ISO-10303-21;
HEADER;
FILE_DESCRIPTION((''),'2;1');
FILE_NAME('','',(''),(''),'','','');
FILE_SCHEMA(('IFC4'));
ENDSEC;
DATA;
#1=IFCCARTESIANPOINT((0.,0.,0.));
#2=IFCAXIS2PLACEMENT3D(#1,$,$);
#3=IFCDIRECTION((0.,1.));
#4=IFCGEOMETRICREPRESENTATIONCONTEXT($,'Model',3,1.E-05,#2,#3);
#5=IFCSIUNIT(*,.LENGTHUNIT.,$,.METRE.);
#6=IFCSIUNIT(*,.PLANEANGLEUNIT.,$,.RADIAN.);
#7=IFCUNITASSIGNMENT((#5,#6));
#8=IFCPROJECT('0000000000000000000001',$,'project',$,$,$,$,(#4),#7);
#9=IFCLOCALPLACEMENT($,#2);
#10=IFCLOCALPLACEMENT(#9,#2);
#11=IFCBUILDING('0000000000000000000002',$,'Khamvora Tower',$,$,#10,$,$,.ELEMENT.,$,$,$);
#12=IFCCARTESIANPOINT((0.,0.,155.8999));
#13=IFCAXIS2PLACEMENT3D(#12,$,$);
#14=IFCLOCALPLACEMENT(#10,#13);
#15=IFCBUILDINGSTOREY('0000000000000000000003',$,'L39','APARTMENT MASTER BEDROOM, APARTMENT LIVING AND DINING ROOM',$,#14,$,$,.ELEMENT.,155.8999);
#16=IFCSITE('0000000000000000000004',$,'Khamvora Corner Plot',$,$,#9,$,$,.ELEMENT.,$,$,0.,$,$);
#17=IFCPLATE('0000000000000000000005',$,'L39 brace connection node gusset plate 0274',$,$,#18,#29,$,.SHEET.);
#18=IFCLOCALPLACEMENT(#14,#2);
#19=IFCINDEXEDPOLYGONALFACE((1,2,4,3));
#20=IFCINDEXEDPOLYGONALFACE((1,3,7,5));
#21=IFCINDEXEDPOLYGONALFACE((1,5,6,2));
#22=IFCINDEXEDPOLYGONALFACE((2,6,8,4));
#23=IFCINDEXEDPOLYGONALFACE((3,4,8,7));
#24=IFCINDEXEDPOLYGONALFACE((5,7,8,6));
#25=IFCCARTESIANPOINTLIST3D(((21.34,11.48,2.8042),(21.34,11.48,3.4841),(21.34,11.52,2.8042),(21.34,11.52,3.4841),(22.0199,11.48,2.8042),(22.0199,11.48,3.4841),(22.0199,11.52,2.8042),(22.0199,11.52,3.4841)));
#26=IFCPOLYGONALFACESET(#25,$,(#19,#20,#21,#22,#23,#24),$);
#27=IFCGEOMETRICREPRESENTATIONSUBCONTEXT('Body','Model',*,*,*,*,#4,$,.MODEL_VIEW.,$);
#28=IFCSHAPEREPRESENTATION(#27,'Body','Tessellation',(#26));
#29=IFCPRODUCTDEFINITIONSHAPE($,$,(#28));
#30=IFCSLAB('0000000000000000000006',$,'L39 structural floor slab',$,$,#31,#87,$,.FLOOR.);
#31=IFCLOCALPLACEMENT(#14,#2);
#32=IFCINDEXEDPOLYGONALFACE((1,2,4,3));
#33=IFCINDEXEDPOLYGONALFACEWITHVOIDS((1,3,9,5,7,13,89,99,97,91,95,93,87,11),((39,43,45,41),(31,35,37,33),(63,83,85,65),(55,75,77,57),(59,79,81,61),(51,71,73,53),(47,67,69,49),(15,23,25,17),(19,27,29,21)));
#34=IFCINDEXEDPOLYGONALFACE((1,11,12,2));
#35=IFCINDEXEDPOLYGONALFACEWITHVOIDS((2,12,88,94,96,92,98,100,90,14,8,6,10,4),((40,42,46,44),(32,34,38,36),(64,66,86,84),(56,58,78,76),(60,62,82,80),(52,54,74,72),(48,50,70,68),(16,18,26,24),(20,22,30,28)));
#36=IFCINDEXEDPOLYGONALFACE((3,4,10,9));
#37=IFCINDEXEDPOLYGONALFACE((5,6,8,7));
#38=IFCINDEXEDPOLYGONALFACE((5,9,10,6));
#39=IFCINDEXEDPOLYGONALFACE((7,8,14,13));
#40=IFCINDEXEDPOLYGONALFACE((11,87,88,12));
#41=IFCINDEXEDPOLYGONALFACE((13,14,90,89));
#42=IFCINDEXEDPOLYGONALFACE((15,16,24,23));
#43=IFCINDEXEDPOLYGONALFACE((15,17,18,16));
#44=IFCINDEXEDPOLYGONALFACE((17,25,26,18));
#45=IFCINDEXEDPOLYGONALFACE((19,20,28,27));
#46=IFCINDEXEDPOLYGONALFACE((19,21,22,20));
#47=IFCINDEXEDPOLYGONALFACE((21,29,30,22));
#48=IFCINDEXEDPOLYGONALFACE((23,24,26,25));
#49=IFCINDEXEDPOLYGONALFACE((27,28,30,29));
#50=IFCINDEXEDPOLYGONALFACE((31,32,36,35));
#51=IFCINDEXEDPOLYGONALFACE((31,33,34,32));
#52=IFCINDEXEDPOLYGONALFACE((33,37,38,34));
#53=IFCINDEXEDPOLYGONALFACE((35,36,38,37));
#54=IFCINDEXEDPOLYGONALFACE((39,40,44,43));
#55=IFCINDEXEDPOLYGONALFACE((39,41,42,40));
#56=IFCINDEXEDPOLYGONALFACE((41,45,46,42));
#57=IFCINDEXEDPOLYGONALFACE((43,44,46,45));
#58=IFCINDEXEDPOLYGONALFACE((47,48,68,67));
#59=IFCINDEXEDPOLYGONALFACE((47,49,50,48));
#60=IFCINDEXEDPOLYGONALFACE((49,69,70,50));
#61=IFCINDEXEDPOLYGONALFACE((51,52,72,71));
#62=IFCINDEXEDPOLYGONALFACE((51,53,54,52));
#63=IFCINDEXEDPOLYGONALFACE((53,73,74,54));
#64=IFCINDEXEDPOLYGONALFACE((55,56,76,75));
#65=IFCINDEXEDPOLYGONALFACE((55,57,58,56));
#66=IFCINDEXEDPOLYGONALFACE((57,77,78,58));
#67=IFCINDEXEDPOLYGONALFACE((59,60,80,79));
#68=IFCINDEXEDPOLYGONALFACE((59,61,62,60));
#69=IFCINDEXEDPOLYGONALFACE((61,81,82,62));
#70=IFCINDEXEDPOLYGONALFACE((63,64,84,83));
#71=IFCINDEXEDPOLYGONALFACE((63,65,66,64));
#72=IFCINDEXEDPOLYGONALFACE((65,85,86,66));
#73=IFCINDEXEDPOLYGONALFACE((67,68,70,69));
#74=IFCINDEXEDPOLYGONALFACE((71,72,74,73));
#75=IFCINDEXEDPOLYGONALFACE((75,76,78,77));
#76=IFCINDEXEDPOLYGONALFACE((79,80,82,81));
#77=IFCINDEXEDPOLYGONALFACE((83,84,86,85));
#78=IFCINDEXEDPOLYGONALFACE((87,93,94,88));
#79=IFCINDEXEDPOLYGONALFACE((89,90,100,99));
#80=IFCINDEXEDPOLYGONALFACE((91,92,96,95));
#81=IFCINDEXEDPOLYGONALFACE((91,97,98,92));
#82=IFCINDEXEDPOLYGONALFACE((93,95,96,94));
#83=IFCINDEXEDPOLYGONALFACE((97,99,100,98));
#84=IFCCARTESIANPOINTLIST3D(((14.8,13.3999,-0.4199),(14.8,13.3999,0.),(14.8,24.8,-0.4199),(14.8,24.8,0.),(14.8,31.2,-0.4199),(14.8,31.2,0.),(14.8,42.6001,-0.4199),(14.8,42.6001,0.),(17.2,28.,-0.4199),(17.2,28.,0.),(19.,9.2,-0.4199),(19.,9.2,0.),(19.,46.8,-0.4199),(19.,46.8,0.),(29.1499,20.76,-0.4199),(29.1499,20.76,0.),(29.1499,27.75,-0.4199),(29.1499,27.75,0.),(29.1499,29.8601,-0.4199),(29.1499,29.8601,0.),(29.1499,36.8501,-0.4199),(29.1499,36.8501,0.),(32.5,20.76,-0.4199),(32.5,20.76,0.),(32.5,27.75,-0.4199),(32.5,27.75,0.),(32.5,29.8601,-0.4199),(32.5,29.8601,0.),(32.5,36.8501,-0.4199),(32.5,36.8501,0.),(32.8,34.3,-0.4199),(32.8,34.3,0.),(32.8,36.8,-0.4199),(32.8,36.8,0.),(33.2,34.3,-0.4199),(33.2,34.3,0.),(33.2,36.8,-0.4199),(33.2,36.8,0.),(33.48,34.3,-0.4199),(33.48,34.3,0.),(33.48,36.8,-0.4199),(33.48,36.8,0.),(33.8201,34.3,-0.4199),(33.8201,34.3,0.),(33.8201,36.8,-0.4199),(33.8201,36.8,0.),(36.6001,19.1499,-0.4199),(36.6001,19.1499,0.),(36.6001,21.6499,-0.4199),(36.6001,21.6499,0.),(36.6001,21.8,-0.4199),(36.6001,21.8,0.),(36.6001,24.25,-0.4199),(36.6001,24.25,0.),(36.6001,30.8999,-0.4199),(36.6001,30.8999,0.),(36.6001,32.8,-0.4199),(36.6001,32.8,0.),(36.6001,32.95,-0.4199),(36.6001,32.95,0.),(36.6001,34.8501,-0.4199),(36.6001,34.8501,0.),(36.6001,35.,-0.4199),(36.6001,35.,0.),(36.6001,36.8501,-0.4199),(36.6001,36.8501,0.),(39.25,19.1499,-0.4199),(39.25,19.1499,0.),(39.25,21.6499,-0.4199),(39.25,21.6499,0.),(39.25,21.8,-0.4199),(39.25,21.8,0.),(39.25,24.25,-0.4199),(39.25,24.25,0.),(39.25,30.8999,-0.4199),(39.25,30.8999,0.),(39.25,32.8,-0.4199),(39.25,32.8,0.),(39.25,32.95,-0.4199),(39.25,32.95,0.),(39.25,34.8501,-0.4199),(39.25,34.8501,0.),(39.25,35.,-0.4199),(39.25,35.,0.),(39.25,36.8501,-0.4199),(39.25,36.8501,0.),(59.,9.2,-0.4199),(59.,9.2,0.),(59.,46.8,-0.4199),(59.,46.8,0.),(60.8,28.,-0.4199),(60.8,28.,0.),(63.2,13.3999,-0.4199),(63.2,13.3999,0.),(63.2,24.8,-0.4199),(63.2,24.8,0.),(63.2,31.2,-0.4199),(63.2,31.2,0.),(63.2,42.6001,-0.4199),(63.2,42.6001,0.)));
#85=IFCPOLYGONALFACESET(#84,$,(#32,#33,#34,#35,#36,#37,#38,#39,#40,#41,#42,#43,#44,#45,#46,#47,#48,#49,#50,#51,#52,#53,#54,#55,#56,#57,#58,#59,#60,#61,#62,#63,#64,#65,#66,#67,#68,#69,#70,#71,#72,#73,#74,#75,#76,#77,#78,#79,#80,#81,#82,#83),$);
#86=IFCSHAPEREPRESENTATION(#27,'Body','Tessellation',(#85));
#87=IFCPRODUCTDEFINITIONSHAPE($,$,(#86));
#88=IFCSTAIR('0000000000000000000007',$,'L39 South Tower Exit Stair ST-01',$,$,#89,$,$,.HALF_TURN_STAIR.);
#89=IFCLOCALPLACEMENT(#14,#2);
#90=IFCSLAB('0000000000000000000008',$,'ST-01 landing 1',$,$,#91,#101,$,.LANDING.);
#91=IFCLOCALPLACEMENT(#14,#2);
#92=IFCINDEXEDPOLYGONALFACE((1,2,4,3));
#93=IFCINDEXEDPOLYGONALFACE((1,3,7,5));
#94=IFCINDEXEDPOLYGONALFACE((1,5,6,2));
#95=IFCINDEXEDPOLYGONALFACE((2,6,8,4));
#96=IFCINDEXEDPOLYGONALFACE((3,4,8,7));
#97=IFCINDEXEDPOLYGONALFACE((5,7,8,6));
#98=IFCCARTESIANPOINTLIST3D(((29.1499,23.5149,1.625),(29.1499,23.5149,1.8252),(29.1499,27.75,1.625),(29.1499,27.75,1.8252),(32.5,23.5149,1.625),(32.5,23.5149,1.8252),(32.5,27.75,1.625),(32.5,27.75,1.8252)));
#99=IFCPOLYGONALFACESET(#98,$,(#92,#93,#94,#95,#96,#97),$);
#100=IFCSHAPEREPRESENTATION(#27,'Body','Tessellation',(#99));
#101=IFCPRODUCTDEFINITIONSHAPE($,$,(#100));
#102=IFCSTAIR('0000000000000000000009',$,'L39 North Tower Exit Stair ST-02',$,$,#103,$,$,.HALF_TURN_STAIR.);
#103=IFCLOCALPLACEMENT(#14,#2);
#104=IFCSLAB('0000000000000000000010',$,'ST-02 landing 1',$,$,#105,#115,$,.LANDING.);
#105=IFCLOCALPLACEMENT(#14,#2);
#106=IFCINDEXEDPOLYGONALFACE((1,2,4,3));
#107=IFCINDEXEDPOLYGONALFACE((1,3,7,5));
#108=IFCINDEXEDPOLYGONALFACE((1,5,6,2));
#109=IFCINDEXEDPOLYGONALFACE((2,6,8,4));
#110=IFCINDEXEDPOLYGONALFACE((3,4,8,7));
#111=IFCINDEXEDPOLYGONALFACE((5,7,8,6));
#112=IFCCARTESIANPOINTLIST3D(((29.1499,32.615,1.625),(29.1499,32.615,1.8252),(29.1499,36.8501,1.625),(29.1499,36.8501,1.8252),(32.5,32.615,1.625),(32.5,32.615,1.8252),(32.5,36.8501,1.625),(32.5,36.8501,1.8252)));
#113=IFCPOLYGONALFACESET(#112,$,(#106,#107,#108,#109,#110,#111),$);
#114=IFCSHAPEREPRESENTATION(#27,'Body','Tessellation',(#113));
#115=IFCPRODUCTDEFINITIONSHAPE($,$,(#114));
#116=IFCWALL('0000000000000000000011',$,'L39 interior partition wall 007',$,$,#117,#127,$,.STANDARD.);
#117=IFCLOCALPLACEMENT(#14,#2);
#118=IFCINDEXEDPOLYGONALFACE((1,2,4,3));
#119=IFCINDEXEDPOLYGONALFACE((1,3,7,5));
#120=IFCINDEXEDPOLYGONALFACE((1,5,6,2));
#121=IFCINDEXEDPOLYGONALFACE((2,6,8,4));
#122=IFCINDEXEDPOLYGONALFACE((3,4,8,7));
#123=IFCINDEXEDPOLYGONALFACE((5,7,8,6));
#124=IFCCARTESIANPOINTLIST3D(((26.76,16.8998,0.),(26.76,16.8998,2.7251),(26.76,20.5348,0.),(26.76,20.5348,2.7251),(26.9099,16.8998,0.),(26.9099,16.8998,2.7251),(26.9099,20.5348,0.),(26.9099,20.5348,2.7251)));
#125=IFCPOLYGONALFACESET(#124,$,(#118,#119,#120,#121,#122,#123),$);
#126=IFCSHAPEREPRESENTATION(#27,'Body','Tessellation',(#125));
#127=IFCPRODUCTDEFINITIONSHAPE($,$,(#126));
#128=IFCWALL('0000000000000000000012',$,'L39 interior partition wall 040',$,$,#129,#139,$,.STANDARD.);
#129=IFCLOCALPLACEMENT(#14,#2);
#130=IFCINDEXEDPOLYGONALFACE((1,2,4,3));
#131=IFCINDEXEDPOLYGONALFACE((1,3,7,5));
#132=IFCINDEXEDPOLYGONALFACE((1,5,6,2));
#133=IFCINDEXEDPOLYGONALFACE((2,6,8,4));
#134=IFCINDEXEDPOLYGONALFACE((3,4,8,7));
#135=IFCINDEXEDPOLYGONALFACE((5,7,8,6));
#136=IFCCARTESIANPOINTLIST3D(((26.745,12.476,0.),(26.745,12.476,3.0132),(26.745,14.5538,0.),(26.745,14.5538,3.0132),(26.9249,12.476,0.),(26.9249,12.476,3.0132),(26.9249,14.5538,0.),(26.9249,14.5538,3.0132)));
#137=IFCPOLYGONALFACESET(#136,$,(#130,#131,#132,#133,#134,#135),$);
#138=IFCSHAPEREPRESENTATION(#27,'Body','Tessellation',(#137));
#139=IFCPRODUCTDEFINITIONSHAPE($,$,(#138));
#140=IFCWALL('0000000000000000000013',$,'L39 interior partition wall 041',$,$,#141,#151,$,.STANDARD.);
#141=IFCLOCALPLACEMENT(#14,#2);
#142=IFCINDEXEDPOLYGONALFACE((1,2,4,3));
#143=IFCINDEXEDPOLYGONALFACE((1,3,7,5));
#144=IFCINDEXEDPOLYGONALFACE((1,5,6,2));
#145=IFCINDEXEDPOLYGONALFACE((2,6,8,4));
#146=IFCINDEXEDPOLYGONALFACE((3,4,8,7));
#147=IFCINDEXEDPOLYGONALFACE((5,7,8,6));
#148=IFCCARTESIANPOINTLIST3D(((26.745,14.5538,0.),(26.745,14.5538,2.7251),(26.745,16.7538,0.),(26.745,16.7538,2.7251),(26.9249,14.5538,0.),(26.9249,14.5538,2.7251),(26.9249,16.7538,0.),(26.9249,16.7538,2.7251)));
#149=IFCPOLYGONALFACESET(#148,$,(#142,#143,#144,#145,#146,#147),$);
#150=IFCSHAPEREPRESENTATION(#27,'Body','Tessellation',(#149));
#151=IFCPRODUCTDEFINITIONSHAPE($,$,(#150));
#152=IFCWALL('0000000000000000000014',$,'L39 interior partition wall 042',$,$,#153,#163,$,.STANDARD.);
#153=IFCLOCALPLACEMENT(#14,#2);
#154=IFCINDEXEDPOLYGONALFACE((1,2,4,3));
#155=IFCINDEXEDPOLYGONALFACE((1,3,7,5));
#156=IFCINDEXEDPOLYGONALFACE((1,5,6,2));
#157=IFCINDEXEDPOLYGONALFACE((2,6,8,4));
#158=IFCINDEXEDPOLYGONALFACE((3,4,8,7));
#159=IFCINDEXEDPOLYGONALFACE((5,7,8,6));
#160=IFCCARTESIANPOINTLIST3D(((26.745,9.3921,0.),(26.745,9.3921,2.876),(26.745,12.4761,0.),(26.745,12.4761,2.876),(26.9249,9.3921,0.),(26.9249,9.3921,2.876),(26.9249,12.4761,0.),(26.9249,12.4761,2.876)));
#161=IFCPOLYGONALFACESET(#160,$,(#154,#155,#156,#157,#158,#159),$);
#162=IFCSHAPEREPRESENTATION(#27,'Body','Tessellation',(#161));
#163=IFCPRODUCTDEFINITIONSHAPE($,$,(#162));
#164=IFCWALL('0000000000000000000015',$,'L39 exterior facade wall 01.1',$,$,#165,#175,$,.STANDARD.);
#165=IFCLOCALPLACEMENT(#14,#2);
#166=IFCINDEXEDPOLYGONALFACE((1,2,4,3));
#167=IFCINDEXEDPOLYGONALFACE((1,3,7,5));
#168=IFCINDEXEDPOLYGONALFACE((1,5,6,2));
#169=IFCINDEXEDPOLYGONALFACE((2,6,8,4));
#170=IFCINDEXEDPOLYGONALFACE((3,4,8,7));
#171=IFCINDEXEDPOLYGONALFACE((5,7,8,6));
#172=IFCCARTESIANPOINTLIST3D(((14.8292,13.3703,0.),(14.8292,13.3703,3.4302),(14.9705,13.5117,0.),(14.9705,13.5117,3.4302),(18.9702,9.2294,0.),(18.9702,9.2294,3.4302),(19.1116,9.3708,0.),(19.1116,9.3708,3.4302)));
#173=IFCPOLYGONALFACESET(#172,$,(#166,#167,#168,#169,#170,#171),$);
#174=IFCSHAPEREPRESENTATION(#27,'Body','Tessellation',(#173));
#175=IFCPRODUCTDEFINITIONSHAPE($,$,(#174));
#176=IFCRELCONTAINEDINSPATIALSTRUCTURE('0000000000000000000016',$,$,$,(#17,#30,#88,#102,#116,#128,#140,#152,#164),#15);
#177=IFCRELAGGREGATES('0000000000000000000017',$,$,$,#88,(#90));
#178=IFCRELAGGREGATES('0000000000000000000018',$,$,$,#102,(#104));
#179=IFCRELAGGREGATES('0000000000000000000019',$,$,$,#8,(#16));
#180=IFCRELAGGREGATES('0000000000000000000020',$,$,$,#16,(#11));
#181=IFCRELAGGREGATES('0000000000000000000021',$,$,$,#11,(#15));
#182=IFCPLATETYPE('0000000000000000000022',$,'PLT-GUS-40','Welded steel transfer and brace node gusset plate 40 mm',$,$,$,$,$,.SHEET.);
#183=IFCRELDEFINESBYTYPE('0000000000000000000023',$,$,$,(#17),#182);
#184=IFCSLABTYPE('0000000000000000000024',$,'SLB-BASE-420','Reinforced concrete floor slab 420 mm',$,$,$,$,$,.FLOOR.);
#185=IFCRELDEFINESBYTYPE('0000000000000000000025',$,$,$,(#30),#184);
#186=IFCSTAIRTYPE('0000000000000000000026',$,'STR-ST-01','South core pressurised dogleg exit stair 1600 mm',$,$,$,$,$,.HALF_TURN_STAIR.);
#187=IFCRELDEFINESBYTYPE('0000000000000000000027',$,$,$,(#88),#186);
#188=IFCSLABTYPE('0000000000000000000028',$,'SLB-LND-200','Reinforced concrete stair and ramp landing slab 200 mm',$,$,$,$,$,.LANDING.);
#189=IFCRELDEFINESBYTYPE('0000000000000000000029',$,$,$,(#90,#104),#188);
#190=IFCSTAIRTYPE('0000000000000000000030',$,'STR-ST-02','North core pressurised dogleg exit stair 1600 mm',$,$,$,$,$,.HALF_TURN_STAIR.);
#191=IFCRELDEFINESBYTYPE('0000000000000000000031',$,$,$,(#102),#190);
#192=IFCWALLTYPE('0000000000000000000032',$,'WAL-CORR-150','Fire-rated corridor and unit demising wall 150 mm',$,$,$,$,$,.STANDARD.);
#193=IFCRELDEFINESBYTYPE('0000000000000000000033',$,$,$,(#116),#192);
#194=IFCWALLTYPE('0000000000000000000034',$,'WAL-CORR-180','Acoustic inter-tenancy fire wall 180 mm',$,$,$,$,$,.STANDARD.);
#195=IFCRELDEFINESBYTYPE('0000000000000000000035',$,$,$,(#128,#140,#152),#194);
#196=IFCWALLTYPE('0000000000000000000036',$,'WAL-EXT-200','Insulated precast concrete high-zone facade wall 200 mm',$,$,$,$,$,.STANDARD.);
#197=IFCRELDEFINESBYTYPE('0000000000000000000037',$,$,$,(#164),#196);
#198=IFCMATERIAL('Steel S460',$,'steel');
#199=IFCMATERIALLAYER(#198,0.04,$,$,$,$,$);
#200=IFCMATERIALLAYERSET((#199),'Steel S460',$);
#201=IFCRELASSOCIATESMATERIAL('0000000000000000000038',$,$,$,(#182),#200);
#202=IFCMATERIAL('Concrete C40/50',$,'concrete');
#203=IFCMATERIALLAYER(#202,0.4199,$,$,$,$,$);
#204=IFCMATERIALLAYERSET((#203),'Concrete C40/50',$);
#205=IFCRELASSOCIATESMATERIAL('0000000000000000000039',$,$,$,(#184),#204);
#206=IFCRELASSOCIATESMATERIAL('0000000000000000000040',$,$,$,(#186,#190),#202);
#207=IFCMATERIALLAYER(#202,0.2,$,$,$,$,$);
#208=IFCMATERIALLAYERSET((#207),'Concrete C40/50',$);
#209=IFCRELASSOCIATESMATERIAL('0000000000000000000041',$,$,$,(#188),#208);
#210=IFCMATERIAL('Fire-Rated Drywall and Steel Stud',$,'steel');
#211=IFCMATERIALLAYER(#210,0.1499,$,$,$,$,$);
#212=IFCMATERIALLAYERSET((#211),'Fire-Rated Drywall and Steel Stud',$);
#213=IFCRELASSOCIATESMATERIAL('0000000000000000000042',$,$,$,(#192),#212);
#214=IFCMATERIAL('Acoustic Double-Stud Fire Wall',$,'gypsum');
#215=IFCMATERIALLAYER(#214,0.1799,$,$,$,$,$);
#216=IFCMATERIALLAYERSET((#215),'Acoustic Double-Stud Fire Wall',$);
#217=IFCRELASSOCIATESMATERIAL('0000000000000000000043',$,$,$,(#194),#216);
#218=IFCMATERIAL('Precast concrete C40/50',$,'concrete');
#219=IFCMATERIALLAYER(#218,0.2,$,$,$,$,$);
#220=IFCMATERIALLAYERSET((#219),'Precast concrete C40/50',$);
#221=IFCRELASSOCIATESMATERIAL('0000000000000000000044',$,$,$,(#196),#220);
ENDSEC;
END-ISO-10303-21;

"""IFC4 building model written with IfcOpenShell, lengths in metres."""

from ifc_helpers import new_model, si_unit, direction, frame, frame_2d, origin, origin_2d, place, context, subcontext, project, spatial, polyline, rectangle, outline, extrude, material, layer, layer_set, type_object, element, aggregate, save


model = new_model("IFC4")

# Units and contexts
model_context = context("Model", 3, precision=1e-05, world=origin(), true_north=direction((0.0, 1.0)))
body_context = subcontext(model_context, "Body", "Model", "MODEL_VIEW")
ifc_project = project(units=[si_unit("LENGTHUNIT", "METRE"), si_unit("PLANEANGLEUNIT", "RADIAN")], contexts=[model_context])

# Site, building, storey
site_placement = place(None, origin())
site = spatial("IfcSite", under=ifc_project, at=site_placement, Name="Khamvora Corner Plot", CompositionType="ELEMENT", RefElevation=0.0)
building_placement = place(site_placement, origin())
building = spatial("IfcBuilding", under=site, at=building_placement, Name="Khamvora Tower", CompositionType="ELEMENT")
storey_placement = place(building_placement, frame((0.0, 0.0, 155.8999)))
storey = spatial("IfcBuildingStorey", under=building, at=storey_placement, Name="L39", Description="APARTMENT MASTER BEDROOM, APARTMENT LIVING AND DINING ROOM", CompositionType="ELEMENT", Elevation=155.8999)

# Plate
ifc_material_1 = material(Name="Steel S460", Category="steel")
ifc_layer_1 = layer(ifc_material_1, 0.04)
ifc_layer_set_1 = layer_set([ifc_layer_1], Name="Steel S460")
plate_type_1 = type_object("IfcPlateType", Name="PLT-GUS-40", Description="Welded steel transfer and brace node gusset plate 40 mm", PredefinedType="SHEET", material=ifc_layer_set_1)
plate_1_placement = place(storey_placement, frame((21.6799, 11.5, 2.8042), z_axis=(0.0, 0.0, 1.0), x_axis=(1.0, 0.0, 0.0)))
element("IfcPlate", 1, at=plate_1_placement, inside=storey, type_object=plate_type_1, Name="L39 brace connection node gusset plate 0274", PredefinedType="SHEET", context=body_context, shape_type="SweptSolid", body=[
    extrude(rectangle(XDim=0.6799, YDim=0.04, at=origin_2d()), origin(), (0.0, 0.0, 1.0), 0.6799),
])

# Slab
ifc_material_2 = material(Name="Concrete C40/50", Category="concrete")
ifc_layer_2 = layer(ifc_material_2, 0.4199)
ifc_layer_set_2 = layer_set([ifc_layer_2], Name="Concrete C40/50")
slab_type_1 = type_object("IfcSlabType", Name="SLB-BASE-420", Description="Reinforced concrete floor slab 420 mm", PredefinedType="FLOOR", material=ifc_layer_set_2)
slab_1_placement = place(storey_placement, frame((0.0, 0.0, -0.4199)))
element("IfcSlab", 2, at=slab_1_placement, inside=storey, type_object=slab_type_1, Name="L39 structural floor slab", PredefinedType="FLOOR", context=body_context, shape_type="SweptSolid", body=[
    extrude(outline(polyline([(19.0, 9.2), (59.0, 9.2), (63.2, 13.3999), (63.2, 24.8), (60.8, 28.0), (63.2, 31.2), (63.2, 42.6001), (59.0, 46.8), (19.0, 46.8), (14.8, 42.6001), (14.8, 31.2), (17.2, 28.0), (14.8, 24.8), (14.8, 13.3999), (19.0, 9.2)]), holes=[polyline([(32.5, 20.76), (32.5, 27.75), (29.1499, 27.75), (29.1499, 20.76), (32.5, 20.76)]), polyline([(32.5, 29.8601), (32.5, 36.8501), (29.1499, 36.8501), (29.1499, 29.8601), (32.5, 29.8601)]), polyline([(36.6001, 19.1499), (39.25, 19.1499), (39.25, 21.6499), (36.6001, 21.6499), (36.6001, 19.1499)]), polyline([(36.6001, 21.8), (39.25, 21.8), (39.25, 24.25), (36.6001, 24.25), (36.6001, 21.8)]), polyline([(36.6001, 30.8999), (39.25, 30.8999), (39.25, 32.8), (36.6001, 32.8), (36.6001, 30.8999)]), polyline([(36.6001, 32.95), (39.25, 32.95), (39.25, 34.8501), (36.6001, 34.8501), (36.6001, 32.95)]), polyline([(36.6001, 35.0), (39.25, 35.0), (39.25, 36.8501), (36.6001, 36.8501), (36.6001, 35.0)]), polyline([(32.8, 34.3), (33.2, 34.3), (33.2, 36.8), (32.8, 36.8), (32.8, 34.3)]), polyline([(33.48, 34.3), (33.8201, 34.3), (33.8201, 36.8), (33.48, 36.8), (33.48, 34.3)])]), origin(), (0.0, 0.0, 1.0), 0.4199),
])

# Stairs, slabs
stair_type_1 = type_object("IfcStairType", Name="STR-ST-01", Description="South core pressurised dogleg exit stair 1600 mm", PredefinedType="HALF_TURN_STAIR", material=ifc_material_2)
stair_1_placement = place(storey_placement, origin())
stair_1 = element("IfcStair", 3, at=stair_1_placement, inside=storey, type_object=stair_type_1, Name="L39 South Tower Exit Stair ST-01", PredefinedType="HALF_TURN_STAIR")
ifc_layer_3 = layer(ifc_material_2, 0.2)
ifc_layer_set_3 = layer_set([ifc_layer_3], Name="Concrete C40/50")
slab_type_2 = type_object("IfcSlabType", Name="SLB-LND-200", Description="Reinforced concrete stair and ramp landing slab 200 mm", PredefinedType="LANDING", material=ifc_layer_set_3)
slab_2_placement = place(storey_placement, frame((0.0, 0.0, 1.625)))
slab_2 = element("IfcSlab", 4, at=slab_2_placement, type_object=slab_type_2, Name="ST-01 landing 1", PredefinedType="LANDING", context=body_context, shape_type="SweptSolid", body=[
    extrude(outline(polyline([(32.5, 23.5149), (32.5, 27.75), (29.1499, 27.75), (29.1499, 23.5149), (32.5, 23.5149)])), origin(), (0.0, 0.0, 1.0), 0.2002),
])
aggregate(stair_1, [slab_2])
stair_type_2 = type_object("IfcStairType", Name="STR-ST-02", Description="North core pressurised dogleg exit stair 1600 mm", PredefinedType="HALF_TURN_STAIR", material=ifc_material_2)
stair_2_placement = place(storey_placement, origin())
stair_2 = element("IfcStair", 5, at=stair_2_placement, inside=storey, type_object=stair_type_2, Name="L39 North Tower Exit Stair ST-02", PredefinedType="HALF_TURN_STAIR")
slab_3_placement = place(storey_placement, frame((0.0, 0.0, 1.625)))
slab_3 = element("IfcSlab", 6, at=slab_3_placement, type_object=slab_type_2, Name="ST-02 landing 1", PredefinedType="LANDING", context=body_context, shape_type="SweptSolid", body=[
    extrude(outline(polyline([(32.5, 32.615), (32.5, 36.8501), (29.1499, 36.8501), (29.1499, 32.615), (32.5, 32.615)])), origin(), (0.0, 0.0, 1.0), 0.2002),
])
aggregate(stair_2, [slab_3])

# Walls
ifc_material_3 = material(Name="Fire-Rated Drywall and Steel Stud", Category="steel")
ifc_layer_4 = layer(ifc_material_3, 0.1499)
ifc_layer_set_4 = layer_set([ifc_layer_4], Name="Fire-Rated Drywall and Steel Stud")
wall_type_1 = type_object("IfcWallType", Name="WAL-CORR-150", Description="Fire-rated corridor and unit demising wall 150 mm", PredefinedType="STANDARD", material=ifc_layer_set_4)
wall_1_placement = place(storey_placement, frame((26.835, 16.8999, 0.0), z_axis=(0.0, 0.0, 1.0), x_axis=(0.0, 1.0, 0.0)))
element("IfcWall", 7, at=wall_1_placement, inside=storey, type_object=wall_type_1, Name="L39 interior partition wall 007", PredefinedType="STANDARD", context=body_context, shape_type="SweptSolid", body=[
    extrude(rectangle(XDim=3.635, YDim=0.1499, at=frame_2d((1.8174, 0.0))), origin(), (0.0, 0.0, 1.0), 2.7251),
])
ifc_material_4 = material(Name="Acoustic Double-Stud Fire Wall", Category="gypsum")
ifc_layer_5 = layer(ifc_material_4, 0.1799)
ifc_layer_set_5 = layer_set([ifc_layer_5], Name="Acoustic Double-Stud Fire Wall")
wall_type_2 = type_object("IfcWallType", Name="WAL-CORR-180", Description="Acoustic inter-tenancy fire wall 180 mm", PredefinedType="STANDARD", material=ifc_layer_set_5)
wall_2_placement = place(storey_placement, frame((26.835, 14.554, 0.0), z_axis=(0.0, 0.0, 1.0), x_axis=(0.0, -1.0, 0.0)))
element("IfcWall", 8, at=wall_2_placement, inside=storey, type_object=wall_type_2, Name="L39 interior partition wall 040", PredefinedType="STANDARD", context=body_context, shape_type="SweptSolid", body=[
    extrude(rectangle(XDim=2.0779, YDim=0.1799, at=frame_2d((1.0391, 0.0))), origin(), (0.0, 0.0, 1.0), 3.0132),
])
wall_3_placement = place(storey_placement, frame((26.835, 16.7539, 0.0), z_axis=(0.0, 0.0, 1.0), x_axis=(0.0, -1.0, 0.0)))
element("IfcWall", 9, at=wall_3_placement, inside=storey, type_object=wall_type_2, Name="L39 interior partition wall 041", PredefinedType="STANDARD", context=body_context, shape_type="SweptSolid", body=[
    extrude(rectangle(XDim=2.2, YDim=0.1799, at=frame_2d((1.1001, 0.0))), origin(), (0.0, 0.0, 1.0), 2.7251),
])
wall_4_placement = place(storey_placement, frame((26.835, 12.4761, 0.0), z_axis=(0.0, 0.0, 1.0), x_axis=(0.0, -1.0, 0.0)))
element("IfcWall", 10, at=wall_4_placement, inside=storey, type_object=wall_type_2, Name="L39 interior partition wall 042", PredefinedType="STANDARD", context=body_context, shape_type="SweptSolid", body=[
    extrude(rectangle(XDim=3.084, YDim=0.1799, at=frame_2d((1.542, 0.0))), origin(), (0.0, 0.0, 1.0), 2.876),
])
ifc_material_5 = material(Name="Precast concrete C40/50", Category="concrete")
ifc_layer_6 = layer(ifc_material_5, 0.2)
ifc_layer_set_6 = layer_set([ifc_layer_6], Name="Precast concrete C40/50")
wall_type_3 = type_object("IfcWallType", Name="WAL-EXT-200", Description="Insulated precast concrete high-zone facade wall 200 mm", PredefinedType="STANDARD", material=ifc_layer_set_6)
wall_5_placement = place(storey_placement, frame((19.041, 9.3, 0.0), z_axis=(0.0, 0.0, 1.0), x_axis=(-0.707128, 0.707086, 0.0)))
element("IfcWall", 11, at=wall_5_placement, inside=storey, type_object=wall_type_3, Name="L39 exterior facade wall 01.1", PredefinedType="STANDARD", context=body_context, shape_type="SweptSolid", body=[
    extrude(rectangle(XDim=5.8562, YDim=0.2, at=frame_2d((2.9282, 0.0))), origin(), (0.0, 0.0, 1.0), 3.4302),
])

save(model, "model.ifc")
